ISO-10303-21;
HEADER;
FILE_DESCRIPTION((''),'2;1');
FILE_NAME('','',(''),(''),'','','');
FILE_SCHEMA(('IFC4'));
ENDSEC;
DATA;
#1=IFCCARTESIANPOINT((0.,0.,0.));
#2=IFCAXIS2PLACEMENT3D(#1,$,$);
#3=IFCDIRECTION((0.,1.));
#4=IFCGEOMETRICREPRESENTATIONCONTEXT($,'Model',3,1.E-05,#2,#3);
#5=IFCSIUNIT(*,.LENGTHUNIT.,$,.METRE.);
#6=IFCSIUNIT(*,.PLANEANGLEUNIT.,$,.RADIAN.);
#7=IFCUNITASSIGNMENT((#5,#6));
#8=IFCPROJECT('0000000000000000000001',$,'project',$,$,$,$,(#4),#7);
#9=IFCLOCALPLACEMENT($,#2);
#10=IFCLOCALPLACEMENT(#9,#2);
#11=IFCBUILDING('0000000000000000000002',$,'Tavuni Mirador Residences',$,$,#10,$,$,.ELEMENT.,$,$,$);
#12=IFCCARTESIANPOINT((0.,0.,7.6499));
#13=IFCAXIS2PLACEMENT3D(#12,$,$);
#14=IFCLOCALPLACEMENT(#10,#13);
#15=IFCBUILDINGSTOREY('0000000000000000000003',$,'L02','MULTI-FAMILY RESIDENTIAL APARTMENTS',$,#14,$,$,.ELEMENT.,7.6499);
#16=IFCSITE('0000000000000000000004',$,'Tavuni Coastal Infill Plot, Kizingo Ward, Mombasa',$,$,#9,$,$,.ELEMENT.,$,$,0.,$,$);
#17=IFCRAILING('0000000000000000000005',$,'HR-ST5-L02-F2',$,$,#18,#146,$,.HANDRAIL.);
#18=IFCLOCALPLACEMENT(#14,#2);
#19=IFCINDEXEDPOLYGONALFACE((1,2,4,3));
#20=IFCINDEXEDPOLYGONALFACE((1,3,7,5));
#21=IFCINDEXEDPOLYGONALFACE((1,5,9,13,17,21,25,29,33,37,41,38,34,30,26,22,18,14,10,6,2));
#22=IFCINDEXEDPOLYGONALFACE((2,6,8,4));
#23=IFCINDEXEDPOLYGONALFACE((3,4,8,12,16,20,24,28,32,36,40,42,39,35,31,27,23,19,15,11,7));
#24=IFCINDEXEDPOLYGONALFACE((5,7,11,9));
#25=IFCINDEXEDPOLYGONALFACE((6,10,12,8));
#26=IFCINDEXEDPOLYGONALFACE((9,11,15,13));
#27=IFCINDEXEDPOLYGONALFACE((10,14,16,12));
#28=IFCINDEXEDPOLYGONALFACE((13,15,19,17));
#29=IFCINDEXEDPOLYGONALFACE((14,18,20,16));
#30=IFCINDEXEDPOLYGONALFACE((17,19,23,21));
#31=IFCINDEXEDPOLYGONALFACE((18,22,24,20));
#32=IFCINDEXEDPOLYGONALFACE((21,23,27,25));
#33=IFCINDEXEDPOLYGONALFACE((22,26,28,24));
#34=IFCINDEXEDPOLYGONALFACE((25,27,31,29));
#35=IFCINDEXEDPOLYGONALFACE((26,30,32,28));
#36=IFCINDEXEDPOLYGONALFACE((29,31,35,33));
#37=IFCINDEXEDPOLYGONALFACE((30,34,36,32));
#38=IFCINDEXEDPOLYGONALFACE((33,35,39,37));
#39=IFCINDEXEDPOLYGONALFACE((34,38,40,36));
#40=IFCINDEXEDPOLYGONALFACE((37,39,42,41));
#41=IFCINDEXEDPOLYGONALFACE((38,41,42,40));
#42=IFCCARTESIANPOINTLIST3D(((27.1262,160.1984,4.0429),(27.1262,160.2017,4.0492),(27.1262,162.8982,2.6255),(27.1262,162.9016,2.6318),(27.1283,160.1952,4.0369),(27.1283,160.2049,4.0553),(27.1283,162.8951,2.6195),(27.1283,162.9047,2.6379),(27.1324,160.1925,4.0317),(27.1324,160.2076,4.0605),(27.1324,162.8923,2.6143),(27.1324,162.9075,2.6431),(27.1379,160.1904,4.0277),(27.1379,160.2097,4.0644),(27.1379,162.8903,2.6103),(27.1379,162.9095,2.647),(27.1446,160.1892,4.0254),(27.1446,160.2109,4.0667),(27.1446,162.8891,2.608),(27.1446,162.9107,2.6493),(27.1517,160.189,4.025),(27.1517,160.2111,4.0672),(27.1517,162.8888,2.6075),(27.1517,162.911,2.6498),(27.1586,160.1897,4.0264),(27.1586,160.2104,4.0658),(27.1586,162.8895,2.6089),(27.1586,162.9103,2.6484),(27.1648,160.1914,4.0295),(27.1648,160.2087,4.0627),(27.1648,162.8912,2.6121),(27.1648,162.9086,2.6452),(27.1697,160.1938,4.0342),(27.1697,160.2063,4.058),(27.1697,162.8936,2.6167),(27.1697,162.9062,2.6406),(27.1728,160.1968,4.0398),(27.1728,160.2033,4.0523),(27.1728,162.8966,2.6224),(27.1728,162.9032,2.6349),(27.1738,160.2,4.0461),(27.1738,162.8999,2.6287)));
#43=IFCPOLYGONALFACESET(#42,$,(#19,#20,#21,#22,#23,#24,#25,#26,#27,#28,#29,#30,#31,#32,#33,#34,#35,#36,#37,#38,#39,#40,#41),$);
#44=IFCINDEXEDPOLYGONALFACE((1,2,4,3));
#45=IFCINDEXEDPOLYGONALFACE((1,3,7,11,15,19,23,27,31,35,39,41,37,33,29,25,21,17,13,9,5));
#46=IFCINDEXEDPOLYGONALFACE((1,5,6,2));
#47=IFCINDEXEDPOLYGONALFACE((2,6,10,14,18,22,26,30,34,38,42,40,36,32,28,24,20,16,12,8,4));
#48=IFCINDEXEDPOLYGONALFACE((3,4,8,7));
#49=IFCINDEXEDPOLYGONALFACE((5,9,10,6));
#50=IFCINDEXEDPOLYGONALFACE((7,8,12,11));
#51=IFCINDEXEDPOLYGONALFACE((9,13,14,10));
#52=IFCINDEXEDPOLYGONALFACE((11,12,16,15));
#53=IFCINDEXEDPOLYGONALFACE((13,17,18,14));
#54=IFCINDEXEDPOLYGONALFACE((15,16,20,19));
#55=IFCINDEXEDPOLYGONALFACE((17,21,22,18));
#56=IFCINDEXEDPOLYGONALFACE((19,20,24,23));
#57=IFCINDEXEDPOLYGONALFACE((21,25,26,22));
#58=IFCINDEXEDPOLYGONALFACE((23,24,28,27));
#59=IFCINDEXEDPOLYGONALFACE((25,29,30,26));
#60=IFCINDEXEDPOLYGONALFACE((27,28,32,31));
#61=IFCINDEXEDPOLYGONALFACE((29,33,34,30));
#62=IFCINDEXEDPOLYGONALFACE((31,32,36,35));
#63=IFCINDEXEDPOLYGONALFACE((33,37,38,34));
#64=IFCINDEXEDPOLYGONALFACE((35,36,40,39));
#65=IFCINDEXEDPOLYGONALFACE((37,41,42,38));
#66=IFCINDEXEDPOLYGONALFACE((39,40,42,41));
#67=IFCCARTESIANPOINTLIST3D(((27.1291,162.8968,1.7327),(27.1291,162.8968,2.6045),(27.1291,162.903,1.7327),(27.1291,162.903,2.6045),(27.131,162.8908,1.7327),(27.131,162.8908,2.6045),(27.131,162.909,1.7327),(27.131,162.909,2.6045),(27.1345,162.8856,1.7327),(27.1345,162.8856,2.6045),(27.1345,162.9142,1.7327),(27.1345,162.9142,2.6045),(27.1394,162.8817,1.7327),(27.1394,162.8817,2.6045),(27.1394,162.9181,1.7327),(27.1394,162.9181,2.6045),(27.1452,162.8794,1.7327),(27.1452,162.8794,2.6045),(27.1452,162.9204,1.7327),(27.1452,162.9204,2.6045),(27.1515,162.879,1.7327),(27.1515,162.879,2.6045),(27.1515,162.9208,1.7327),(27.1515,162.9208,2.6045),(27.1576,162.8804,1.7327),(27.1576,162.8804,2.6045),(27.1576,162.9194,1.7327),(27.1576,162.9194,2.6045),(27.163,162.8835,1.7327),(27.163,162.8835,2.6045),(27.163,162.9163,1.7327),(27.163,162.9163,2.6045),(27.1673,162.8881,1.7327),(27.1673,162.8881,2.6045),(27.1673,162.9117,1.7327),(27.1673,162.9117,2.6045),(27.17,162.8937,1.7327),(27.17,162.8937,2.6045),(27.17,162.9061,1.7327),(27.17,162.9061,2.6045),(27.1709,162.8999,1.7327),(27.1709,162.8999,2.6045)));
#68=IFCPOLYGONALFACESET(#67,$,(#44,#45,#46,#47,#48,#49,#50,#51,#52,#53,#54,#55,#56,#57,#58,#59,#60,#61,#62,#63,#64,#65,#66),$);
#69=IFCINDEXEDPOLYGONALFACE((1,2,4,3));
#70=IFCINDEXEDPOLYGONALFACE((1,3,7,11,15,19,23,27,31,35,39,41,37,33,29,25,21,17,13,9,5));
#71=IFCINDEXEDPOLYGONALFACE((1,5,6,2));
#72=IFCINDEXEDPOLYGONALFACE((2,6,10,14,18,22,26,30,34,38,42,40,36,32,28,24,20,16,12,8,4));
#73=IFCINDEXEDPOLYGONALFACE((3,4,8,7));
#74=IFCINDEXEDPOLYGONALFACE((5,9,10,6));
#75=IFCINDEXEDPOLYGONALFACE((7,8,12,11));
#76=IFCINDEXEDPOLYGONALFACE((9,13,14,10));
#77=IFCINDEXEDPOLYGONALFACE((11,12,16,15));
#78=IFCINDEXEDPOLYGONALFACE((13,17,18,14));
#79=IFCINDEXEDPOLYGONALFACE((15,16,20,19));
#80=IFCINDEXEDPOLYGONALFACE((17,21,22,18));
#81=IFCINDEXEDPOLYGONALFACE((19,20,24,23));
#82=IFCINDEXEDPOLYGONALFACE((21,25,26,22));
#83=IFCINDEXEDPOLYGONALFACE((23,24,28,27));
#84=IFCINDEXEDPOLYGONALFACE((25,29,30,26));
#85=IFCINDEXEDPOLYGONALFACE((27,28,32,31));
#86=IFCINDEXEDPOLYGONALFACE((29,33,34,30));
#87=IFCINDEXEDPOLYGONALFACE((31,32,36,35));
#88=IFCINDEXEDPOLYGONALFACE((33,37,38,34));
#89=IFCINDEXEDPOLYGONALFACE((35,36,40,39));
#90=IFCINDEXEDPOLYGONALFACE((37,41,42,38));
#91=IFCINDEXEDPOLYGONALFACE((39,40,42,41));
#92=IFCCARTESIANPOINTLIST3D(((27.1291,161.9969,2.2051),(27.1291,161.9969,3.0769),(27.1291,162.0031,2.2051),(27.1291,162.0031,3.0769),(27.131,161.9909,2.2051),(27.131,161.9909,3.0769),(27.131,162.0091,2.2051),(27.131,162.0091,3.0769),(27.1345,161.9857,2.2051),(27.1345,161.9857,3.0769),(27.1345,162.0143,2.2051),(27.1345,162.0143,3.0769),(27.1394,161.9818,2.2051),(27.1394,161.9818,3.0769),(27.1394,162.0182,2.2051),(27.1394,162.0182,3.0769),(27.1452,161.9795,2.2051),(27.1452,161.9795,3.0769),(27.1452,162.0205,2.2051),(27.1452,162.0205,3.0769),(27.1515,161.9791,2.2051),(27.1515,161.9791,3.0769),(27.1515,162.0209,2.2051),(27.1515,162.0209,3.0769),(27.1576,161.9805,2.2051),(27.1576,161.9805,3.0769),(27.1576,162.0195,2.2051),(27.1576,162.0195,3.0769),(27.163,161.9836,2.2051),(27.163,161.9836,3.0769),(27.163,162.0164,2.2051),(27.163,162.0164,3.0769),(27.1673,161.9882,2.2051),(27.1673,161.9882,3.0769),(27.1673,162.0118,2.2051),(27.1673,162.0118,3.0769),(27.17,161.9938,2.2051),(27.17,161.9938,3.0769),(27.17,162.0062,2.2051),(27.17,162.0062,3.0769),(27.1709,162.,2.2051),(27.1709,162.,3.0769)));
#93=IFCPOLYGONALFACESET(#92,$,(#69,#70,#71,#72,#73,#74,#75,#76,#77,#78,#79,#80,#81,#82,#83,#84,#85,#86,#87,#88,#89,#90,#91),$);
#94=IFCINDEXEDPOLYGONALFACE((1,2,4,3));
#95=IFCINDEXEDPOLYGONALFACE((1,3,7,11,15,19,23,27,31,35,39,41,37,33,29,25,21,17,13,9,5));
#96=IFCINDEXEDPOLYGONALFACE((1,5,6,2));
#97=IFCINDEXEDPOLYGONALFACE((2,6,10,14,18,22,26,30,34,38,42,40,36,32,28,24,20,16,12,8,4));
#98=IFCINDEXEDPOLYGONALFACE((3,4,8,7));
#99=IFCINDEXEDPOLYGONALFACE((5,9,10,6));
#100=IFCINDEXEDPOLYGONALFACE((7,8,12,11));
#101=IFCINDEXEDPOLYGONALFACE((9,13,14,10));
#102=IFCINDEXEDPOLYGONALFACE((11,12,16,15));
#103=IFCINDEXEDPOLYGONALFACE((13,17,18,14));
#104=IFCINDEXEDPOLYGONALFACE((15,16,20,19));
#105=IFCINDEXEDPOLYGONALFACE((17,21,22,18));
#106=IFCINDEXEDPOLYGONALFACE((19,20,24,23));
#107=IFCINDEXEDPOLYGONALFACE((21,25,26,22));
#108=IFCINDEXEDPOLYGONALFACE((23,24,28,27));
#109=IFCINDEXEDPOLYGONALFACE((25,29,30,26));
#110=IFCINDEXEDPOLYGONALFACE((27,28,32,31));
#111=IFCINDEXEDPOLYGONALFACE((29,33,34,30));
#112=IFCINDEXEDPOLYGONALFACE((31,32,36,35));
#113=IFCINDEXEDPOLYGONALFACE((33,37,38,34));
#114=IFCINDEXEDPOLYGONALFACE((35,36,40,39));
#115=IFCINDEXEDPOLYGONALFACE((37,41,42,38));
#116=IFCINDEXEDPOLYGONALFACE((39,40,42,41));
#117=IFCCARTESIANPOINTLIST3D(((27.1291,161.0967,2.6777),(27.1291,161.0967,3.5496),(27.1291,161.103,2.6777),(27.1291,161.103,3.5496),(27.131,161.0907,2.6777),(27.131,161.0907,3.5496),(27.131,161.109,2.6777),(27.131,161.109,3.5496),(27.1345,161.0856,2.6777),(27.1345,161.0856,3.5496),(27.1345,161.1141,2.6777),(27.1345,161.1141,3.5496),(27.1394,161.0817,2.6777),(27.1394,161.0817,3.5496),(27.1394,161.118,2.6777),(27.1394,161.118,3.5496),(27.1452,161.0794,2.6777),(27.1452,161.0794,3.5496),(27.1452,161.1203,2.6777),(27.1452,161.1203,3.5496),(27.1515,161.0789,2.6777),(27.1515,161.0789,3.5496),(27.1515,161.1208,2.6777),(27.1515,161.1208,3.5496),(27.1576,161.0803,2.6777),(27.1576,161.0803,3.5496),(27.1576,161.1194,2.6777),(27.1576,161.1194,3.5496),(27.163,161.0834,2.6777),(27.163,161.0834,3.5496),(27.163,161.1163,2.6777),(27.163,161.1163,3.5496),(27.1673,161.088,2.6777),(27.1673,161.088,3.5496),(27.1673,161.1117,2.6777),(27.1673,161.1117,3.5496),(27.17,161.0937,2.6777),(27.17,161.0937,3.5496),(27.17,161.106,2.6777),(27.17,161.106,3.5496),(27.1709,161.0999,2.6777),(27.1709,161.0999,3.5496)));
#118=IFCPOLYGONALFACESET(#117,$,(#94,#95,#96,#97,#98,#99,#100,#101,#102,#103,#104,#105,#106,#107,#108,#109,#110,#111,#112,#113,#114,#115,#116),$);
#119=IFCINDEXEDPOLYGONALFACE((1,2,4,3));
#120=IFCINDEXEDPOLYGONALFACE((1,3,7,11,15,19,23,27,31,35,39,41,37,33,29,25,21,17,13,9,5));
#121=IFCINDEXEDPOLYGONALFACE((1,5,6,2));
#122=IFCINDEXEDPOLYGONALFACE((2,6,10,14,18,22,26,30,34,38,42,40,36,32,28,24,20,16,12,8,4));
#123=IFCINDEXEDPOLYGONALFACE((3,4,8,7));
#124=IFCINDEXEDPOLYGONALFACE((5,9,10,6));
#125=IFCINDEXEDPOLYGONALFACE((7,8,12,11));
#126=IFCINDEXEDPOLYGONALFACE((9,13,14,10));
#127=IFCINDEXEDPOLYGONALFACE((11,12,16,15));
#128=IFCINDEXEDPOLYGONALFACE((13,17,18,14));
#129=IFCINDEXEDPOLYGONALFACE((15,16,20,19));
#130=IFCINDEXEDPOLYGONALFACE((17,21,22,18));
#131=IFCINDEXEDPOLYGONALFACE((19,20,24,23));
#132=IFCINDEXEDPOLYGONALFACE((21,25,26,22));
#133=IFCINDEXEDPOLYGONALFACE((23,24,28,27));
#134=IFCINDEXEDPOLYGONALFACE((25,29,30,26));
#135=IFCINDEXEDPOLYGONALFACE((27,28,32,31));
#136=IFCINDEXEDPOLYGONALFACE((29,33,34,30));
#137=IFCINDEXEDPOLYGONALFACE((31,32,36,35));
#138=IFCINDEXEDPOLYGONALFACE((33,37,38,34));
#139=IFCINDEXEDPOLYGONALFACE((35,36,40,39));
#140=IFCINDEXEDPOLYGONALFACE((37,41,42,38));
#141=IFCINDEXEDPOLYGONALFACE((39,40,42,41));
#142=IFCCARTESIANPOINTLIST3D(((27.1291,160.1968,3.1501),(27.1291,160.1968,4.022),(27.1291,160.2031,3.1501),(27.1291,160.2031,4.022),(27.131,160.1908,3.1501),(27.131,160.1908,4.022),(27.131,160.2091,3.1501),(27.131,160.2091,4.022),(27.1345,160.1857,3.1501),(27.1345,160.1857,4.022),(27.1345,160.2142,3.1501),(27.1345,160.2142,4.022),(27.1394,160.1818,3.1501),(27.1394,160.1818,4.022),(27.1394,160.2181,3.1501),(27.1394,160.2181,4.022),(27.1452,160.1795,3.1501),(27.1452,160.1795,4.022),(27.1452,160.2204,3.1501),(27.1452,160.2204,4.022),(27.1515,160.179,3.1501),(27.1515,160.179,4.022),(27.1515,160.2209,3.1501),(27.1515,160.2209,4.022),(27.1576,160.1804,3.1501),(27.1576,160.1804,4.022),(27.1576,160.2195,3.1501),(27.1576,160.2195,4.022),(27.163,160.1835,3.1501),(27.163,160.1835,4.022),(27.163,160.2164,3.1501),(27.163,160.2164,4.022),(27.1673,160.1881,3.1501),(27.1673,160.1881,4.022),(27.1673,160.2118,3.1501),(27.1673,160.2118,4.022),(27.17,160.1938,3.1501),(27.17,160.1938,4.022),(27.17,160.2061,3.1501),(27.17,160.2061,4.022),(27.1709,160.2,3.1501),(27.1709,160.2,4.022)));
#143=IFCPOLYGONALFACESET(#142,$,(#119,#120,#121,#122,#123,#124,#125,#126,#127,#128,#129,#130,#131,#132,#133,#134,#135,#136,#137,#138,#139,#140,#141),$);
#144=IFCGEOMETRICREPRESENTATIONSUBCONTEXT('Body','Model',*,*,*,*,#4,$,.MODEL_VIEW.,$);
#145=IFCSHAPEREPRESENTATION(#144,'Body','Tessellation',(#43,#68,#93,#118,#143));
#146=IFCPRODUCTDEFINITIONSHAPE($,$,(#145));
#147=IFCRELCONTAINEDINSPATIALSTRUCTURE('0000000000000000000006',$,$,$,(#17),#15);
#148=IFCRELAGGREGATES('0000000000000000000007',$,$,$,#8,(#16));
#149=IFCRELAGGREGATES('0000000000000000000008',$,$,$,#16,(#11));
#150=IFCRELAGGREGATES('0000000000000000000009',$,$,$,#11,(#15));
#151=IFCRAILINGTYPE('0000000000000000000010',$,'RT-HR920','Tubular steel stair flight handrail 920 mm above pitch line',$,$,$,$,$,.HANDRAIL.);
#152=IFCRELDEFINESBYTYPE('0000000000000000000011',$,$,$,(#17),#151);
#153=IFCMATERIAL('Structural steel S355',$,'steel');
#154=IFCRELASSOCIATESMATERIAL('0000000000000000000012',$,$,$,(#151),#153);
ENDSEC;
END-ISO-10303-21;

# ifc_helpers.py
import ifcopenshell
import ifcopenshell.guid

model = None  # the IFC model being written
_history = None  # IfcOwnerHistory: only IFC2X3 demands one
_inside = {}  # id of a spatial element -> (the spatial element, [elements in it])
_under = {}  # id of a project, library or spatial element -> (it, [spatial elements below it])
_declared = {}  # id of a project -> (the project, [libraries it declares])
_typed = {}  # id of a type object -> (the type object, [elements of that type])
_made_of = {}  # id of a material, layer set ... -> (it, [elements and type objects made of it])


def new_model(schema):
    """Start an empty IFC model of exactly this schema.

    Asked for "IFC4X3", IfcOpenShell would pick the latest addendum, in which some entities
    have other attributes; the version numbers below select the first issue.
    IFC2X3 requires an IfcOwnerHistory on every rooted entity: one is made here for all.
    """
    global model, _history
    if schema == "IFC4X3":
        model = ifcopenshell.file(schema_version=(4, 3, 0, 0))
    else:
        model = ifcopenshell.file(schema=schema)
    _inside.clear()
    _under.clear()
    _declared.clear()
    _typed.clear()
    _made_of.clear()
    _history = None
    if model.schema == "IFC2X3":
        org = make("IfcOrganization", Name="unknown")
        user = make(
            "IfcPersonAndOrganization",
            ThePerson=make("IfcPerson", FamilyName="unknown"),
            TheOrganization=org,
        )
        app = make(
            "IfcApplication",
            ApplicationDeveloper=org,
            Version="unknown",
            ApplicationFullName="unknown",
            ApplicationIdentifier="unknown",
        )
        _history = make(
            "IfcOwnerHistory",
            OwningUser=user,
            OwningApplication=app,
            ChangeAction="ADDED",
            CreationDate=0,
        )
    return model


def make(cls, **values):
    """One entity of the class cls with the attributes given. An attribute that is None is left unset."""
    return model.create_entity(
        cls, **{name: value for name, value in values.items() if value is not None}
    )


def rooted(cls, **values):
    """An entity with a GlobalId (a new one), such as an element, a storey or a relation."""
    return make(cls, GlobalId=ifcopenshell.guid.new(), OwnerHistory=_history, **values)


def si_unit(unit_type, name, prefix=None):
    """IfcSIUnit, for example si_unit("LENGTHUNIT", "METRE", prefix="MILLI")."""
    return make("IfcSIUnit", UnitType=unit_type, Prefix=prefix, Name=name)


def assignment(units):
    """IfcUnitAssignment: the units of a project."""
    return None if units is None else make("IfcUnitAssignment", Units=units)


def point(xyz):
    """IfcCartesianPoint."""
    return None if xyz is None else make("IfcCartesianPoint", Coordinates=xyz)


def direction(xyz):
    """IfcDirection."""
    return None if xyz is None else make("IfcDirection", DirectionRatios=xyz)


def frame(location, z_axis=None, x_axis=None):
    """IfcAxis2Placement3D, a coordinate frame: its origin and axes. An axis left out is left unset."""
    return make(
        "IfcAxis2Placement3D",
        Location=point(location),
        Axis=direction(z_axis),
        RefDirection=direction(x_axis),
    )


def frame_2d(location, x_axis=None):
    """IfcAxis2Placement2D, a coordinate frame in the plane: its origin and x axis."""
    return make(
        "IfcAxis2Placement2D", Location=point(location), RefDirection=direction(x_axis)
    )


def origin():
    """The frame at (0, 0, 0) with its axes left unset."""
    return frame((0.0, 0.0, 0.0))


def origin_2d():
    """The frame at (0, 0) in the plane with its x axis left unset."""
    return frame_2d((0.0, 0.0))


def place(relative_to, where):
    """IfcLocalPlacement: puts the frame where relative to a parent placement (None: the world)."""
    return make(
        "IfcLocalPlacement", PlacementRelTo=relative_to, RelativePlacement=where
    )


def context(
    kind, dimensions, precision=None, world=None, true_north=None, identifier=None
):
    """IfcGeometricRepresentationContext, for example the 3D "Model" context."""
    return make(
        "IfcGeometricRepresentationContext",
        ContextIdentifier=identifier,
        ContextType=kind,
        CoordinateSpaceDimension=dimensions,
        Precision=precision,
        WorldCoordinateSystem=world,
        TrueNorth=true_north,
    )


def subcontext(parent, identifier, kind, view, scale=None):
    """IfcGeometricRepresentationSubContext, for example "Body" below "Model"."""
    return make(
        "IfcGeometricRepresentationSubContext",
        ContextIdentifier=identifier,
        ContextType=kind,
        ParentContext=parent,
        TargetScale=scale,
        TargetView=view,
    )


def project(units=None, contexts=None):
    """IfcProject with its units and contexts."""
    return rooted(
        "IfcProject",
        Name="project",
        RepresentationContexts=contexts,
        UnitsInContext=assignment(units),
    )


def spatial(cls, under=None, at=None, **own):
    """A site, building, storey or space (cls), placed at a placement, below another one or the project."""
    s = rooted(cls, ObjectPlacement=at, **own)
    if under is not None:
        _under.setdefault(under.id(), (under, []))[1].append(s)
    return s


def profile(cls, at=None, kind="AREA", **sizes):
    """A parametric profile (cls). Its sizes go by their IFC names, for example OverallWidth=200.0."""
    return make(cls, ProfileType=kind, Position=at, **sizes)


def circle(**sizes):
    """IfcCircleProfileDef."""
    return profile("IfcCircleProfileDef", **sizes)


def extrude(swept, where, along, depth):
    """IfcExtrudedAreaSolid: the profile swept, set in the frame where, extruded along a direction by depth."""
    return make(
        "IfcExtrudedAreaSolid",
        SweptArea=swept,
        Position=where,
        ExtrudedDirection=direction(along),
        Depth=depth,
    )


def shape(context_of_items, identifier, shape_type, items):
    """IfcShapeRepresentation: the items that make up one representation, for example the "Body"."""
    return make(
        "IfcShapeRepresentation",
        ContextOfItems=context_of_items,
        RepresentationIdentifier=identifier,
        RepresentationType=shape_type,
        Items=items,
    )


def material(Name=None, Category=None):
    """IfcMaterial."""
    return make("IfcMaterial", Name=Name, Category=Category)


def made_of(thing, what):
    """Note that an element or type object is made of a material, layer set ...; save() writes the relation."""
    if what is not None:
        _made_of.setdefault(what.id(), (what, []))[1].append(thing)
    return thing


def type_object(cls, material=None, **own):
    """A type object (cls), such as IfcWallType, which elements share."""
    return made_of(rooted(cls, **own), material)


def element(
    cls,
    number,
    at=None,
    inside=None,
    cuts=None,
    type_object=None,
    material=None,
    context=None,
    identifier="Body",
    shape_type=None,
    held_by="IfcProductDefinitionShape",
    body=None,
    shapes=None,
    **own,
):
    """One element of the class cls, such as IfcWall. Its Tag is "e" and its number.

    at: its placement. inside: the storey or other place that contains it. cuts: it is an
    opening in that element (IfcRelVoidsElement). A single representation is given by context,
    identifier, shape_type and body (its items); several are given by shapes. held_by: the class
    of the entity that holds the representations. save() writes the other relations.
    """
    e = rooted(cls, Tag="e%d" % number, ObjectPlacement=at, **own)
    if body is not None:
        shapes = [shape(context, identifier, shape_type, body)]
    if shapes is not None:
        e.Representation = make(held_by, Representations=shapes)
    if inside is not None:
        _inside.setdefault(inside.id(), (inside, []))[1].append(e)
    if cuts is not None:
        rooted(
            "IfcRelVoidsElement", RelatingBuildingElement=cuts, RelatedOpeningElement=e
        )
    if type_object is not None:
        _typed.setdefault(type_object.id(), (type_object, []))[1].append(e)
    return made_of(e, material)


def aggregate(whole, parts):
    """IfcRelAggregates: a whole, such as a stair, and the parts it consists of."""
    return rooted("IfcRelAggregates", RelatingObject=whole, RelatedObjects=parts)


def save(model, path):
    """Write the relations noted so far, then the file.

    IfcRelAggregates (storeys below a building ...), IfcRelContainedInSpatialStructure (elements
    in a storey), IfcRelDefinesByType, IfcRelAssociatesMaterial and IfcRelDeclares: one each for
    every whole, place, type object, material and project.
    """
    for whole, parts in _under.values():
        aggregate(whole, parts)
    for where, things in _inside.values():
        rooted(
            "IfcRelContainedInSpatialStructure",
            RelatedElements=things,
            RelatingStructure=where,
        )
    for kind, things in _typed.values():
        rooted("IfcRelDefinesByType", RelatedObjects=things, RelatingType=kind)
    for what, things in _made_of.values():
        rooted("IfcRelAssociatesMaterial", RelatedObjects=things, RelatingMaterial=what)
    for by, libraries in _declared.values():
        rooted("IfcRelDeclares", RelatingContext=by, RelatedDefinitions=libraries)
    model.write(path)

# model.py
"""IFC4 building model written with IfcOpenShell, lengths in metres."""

from ifc_helpers import new_model, si_unit, direction, frame, origin, origin_2d, place, context, subcontext, project, spatial, circle, extrude, material, type_object, element, save


model = new_model("IFC4")

# Units and contexts
model_context = context("Model", 3, precision=1e-05, world=origin(), true_north=direction((0.0, 1.0)))
body_context = subcontext(model_context, "Body", "Model", "MODEL_VIEW")
ifc_project = project(units=[si_unit("LENGTHUNIT", "METRE"), si_unit("PLANEANGLEUNIT", "RADIAN")], contexts=[model_context])

# Site, building, storey
site_placement = place(None, origin())
site = spatial("IfcSite", under=ifc_project, at=site_placement, Name="Tavuni Coastal Infill Plot, Kizingo Ward, Mombasa", CompositionType="ELEMENT", RefElevation=0.0)
building_placement = place(site_placement, origin())
building = spatial("IfcBuilding", under=site, at=building_placement, Name="Tavuni Mirador Residences", CompositionType="ELEMENT")
storey_placement = place(building_placement, frame((0.0, 0.0, 7.6499)))
storey = spatial("IfcBuildingStorey", under=building, at=storey_placement, Name="L02", Description="MULTI-FAMILY RESIDENTIAL APARTMENTS", CompositionType="ELEMENT", Elevation=7.6499)

# Shared definitions
ifc_material_1 = material(Name="Structural steel S355", Category="steel")

# Railing
railing_type_1 = type_object("IfcRailingType", Name="RT-HR920", Description="Tubular steel stair flight handrail 920 mm above pitch line", PredefinedType="HANDRAIL", material=ifc_material_1)
railing_1_placement = place(storey_placement, frame((27.1499, 162.8999, 1.7327)))
element("IfcRailing", 1, at=railing_1_placement, inside=storey, type_object=railing_type_1, Name="HR-ST5-L02-F2", PredefinedType="HANDRAIL", context=body_context, shape_type="SweptSolid", body=[
    extrude(circle(Radius=0.0239, at=origin_2d()), frame((0.0, 0.0, 0.896), z_axis=(0.0, -0.885397, 0.464835), x_axis=(1.0, 0.0, 0.0)), (0.0, 0.0, 1.0), 3.0493),
    extrude(circle(Radius=0.021, at=origin_2d()), origin(), (0.0, 0.0, 1.0), 0.8718),
    extrude(circle(Radius=0.021, at=origin_2d()), frame((0.0, -0.8999, 0.4724)), (0.0, 0.0, 1.0), 0.8718),
    extrude(circle(Radius=0.021, at=origin_2d()), frame((0.0, -1.8, 0.9451)), (0.0, 0.0, 1.0), 0.8718),
    extrude(circle(Radius=0.021, at=origin_2d()), frame((0.0, -2.7, 1.4175)), (0.0, 0.0, 1.0), 0.8718),
])

save(model, "model.ifc")
